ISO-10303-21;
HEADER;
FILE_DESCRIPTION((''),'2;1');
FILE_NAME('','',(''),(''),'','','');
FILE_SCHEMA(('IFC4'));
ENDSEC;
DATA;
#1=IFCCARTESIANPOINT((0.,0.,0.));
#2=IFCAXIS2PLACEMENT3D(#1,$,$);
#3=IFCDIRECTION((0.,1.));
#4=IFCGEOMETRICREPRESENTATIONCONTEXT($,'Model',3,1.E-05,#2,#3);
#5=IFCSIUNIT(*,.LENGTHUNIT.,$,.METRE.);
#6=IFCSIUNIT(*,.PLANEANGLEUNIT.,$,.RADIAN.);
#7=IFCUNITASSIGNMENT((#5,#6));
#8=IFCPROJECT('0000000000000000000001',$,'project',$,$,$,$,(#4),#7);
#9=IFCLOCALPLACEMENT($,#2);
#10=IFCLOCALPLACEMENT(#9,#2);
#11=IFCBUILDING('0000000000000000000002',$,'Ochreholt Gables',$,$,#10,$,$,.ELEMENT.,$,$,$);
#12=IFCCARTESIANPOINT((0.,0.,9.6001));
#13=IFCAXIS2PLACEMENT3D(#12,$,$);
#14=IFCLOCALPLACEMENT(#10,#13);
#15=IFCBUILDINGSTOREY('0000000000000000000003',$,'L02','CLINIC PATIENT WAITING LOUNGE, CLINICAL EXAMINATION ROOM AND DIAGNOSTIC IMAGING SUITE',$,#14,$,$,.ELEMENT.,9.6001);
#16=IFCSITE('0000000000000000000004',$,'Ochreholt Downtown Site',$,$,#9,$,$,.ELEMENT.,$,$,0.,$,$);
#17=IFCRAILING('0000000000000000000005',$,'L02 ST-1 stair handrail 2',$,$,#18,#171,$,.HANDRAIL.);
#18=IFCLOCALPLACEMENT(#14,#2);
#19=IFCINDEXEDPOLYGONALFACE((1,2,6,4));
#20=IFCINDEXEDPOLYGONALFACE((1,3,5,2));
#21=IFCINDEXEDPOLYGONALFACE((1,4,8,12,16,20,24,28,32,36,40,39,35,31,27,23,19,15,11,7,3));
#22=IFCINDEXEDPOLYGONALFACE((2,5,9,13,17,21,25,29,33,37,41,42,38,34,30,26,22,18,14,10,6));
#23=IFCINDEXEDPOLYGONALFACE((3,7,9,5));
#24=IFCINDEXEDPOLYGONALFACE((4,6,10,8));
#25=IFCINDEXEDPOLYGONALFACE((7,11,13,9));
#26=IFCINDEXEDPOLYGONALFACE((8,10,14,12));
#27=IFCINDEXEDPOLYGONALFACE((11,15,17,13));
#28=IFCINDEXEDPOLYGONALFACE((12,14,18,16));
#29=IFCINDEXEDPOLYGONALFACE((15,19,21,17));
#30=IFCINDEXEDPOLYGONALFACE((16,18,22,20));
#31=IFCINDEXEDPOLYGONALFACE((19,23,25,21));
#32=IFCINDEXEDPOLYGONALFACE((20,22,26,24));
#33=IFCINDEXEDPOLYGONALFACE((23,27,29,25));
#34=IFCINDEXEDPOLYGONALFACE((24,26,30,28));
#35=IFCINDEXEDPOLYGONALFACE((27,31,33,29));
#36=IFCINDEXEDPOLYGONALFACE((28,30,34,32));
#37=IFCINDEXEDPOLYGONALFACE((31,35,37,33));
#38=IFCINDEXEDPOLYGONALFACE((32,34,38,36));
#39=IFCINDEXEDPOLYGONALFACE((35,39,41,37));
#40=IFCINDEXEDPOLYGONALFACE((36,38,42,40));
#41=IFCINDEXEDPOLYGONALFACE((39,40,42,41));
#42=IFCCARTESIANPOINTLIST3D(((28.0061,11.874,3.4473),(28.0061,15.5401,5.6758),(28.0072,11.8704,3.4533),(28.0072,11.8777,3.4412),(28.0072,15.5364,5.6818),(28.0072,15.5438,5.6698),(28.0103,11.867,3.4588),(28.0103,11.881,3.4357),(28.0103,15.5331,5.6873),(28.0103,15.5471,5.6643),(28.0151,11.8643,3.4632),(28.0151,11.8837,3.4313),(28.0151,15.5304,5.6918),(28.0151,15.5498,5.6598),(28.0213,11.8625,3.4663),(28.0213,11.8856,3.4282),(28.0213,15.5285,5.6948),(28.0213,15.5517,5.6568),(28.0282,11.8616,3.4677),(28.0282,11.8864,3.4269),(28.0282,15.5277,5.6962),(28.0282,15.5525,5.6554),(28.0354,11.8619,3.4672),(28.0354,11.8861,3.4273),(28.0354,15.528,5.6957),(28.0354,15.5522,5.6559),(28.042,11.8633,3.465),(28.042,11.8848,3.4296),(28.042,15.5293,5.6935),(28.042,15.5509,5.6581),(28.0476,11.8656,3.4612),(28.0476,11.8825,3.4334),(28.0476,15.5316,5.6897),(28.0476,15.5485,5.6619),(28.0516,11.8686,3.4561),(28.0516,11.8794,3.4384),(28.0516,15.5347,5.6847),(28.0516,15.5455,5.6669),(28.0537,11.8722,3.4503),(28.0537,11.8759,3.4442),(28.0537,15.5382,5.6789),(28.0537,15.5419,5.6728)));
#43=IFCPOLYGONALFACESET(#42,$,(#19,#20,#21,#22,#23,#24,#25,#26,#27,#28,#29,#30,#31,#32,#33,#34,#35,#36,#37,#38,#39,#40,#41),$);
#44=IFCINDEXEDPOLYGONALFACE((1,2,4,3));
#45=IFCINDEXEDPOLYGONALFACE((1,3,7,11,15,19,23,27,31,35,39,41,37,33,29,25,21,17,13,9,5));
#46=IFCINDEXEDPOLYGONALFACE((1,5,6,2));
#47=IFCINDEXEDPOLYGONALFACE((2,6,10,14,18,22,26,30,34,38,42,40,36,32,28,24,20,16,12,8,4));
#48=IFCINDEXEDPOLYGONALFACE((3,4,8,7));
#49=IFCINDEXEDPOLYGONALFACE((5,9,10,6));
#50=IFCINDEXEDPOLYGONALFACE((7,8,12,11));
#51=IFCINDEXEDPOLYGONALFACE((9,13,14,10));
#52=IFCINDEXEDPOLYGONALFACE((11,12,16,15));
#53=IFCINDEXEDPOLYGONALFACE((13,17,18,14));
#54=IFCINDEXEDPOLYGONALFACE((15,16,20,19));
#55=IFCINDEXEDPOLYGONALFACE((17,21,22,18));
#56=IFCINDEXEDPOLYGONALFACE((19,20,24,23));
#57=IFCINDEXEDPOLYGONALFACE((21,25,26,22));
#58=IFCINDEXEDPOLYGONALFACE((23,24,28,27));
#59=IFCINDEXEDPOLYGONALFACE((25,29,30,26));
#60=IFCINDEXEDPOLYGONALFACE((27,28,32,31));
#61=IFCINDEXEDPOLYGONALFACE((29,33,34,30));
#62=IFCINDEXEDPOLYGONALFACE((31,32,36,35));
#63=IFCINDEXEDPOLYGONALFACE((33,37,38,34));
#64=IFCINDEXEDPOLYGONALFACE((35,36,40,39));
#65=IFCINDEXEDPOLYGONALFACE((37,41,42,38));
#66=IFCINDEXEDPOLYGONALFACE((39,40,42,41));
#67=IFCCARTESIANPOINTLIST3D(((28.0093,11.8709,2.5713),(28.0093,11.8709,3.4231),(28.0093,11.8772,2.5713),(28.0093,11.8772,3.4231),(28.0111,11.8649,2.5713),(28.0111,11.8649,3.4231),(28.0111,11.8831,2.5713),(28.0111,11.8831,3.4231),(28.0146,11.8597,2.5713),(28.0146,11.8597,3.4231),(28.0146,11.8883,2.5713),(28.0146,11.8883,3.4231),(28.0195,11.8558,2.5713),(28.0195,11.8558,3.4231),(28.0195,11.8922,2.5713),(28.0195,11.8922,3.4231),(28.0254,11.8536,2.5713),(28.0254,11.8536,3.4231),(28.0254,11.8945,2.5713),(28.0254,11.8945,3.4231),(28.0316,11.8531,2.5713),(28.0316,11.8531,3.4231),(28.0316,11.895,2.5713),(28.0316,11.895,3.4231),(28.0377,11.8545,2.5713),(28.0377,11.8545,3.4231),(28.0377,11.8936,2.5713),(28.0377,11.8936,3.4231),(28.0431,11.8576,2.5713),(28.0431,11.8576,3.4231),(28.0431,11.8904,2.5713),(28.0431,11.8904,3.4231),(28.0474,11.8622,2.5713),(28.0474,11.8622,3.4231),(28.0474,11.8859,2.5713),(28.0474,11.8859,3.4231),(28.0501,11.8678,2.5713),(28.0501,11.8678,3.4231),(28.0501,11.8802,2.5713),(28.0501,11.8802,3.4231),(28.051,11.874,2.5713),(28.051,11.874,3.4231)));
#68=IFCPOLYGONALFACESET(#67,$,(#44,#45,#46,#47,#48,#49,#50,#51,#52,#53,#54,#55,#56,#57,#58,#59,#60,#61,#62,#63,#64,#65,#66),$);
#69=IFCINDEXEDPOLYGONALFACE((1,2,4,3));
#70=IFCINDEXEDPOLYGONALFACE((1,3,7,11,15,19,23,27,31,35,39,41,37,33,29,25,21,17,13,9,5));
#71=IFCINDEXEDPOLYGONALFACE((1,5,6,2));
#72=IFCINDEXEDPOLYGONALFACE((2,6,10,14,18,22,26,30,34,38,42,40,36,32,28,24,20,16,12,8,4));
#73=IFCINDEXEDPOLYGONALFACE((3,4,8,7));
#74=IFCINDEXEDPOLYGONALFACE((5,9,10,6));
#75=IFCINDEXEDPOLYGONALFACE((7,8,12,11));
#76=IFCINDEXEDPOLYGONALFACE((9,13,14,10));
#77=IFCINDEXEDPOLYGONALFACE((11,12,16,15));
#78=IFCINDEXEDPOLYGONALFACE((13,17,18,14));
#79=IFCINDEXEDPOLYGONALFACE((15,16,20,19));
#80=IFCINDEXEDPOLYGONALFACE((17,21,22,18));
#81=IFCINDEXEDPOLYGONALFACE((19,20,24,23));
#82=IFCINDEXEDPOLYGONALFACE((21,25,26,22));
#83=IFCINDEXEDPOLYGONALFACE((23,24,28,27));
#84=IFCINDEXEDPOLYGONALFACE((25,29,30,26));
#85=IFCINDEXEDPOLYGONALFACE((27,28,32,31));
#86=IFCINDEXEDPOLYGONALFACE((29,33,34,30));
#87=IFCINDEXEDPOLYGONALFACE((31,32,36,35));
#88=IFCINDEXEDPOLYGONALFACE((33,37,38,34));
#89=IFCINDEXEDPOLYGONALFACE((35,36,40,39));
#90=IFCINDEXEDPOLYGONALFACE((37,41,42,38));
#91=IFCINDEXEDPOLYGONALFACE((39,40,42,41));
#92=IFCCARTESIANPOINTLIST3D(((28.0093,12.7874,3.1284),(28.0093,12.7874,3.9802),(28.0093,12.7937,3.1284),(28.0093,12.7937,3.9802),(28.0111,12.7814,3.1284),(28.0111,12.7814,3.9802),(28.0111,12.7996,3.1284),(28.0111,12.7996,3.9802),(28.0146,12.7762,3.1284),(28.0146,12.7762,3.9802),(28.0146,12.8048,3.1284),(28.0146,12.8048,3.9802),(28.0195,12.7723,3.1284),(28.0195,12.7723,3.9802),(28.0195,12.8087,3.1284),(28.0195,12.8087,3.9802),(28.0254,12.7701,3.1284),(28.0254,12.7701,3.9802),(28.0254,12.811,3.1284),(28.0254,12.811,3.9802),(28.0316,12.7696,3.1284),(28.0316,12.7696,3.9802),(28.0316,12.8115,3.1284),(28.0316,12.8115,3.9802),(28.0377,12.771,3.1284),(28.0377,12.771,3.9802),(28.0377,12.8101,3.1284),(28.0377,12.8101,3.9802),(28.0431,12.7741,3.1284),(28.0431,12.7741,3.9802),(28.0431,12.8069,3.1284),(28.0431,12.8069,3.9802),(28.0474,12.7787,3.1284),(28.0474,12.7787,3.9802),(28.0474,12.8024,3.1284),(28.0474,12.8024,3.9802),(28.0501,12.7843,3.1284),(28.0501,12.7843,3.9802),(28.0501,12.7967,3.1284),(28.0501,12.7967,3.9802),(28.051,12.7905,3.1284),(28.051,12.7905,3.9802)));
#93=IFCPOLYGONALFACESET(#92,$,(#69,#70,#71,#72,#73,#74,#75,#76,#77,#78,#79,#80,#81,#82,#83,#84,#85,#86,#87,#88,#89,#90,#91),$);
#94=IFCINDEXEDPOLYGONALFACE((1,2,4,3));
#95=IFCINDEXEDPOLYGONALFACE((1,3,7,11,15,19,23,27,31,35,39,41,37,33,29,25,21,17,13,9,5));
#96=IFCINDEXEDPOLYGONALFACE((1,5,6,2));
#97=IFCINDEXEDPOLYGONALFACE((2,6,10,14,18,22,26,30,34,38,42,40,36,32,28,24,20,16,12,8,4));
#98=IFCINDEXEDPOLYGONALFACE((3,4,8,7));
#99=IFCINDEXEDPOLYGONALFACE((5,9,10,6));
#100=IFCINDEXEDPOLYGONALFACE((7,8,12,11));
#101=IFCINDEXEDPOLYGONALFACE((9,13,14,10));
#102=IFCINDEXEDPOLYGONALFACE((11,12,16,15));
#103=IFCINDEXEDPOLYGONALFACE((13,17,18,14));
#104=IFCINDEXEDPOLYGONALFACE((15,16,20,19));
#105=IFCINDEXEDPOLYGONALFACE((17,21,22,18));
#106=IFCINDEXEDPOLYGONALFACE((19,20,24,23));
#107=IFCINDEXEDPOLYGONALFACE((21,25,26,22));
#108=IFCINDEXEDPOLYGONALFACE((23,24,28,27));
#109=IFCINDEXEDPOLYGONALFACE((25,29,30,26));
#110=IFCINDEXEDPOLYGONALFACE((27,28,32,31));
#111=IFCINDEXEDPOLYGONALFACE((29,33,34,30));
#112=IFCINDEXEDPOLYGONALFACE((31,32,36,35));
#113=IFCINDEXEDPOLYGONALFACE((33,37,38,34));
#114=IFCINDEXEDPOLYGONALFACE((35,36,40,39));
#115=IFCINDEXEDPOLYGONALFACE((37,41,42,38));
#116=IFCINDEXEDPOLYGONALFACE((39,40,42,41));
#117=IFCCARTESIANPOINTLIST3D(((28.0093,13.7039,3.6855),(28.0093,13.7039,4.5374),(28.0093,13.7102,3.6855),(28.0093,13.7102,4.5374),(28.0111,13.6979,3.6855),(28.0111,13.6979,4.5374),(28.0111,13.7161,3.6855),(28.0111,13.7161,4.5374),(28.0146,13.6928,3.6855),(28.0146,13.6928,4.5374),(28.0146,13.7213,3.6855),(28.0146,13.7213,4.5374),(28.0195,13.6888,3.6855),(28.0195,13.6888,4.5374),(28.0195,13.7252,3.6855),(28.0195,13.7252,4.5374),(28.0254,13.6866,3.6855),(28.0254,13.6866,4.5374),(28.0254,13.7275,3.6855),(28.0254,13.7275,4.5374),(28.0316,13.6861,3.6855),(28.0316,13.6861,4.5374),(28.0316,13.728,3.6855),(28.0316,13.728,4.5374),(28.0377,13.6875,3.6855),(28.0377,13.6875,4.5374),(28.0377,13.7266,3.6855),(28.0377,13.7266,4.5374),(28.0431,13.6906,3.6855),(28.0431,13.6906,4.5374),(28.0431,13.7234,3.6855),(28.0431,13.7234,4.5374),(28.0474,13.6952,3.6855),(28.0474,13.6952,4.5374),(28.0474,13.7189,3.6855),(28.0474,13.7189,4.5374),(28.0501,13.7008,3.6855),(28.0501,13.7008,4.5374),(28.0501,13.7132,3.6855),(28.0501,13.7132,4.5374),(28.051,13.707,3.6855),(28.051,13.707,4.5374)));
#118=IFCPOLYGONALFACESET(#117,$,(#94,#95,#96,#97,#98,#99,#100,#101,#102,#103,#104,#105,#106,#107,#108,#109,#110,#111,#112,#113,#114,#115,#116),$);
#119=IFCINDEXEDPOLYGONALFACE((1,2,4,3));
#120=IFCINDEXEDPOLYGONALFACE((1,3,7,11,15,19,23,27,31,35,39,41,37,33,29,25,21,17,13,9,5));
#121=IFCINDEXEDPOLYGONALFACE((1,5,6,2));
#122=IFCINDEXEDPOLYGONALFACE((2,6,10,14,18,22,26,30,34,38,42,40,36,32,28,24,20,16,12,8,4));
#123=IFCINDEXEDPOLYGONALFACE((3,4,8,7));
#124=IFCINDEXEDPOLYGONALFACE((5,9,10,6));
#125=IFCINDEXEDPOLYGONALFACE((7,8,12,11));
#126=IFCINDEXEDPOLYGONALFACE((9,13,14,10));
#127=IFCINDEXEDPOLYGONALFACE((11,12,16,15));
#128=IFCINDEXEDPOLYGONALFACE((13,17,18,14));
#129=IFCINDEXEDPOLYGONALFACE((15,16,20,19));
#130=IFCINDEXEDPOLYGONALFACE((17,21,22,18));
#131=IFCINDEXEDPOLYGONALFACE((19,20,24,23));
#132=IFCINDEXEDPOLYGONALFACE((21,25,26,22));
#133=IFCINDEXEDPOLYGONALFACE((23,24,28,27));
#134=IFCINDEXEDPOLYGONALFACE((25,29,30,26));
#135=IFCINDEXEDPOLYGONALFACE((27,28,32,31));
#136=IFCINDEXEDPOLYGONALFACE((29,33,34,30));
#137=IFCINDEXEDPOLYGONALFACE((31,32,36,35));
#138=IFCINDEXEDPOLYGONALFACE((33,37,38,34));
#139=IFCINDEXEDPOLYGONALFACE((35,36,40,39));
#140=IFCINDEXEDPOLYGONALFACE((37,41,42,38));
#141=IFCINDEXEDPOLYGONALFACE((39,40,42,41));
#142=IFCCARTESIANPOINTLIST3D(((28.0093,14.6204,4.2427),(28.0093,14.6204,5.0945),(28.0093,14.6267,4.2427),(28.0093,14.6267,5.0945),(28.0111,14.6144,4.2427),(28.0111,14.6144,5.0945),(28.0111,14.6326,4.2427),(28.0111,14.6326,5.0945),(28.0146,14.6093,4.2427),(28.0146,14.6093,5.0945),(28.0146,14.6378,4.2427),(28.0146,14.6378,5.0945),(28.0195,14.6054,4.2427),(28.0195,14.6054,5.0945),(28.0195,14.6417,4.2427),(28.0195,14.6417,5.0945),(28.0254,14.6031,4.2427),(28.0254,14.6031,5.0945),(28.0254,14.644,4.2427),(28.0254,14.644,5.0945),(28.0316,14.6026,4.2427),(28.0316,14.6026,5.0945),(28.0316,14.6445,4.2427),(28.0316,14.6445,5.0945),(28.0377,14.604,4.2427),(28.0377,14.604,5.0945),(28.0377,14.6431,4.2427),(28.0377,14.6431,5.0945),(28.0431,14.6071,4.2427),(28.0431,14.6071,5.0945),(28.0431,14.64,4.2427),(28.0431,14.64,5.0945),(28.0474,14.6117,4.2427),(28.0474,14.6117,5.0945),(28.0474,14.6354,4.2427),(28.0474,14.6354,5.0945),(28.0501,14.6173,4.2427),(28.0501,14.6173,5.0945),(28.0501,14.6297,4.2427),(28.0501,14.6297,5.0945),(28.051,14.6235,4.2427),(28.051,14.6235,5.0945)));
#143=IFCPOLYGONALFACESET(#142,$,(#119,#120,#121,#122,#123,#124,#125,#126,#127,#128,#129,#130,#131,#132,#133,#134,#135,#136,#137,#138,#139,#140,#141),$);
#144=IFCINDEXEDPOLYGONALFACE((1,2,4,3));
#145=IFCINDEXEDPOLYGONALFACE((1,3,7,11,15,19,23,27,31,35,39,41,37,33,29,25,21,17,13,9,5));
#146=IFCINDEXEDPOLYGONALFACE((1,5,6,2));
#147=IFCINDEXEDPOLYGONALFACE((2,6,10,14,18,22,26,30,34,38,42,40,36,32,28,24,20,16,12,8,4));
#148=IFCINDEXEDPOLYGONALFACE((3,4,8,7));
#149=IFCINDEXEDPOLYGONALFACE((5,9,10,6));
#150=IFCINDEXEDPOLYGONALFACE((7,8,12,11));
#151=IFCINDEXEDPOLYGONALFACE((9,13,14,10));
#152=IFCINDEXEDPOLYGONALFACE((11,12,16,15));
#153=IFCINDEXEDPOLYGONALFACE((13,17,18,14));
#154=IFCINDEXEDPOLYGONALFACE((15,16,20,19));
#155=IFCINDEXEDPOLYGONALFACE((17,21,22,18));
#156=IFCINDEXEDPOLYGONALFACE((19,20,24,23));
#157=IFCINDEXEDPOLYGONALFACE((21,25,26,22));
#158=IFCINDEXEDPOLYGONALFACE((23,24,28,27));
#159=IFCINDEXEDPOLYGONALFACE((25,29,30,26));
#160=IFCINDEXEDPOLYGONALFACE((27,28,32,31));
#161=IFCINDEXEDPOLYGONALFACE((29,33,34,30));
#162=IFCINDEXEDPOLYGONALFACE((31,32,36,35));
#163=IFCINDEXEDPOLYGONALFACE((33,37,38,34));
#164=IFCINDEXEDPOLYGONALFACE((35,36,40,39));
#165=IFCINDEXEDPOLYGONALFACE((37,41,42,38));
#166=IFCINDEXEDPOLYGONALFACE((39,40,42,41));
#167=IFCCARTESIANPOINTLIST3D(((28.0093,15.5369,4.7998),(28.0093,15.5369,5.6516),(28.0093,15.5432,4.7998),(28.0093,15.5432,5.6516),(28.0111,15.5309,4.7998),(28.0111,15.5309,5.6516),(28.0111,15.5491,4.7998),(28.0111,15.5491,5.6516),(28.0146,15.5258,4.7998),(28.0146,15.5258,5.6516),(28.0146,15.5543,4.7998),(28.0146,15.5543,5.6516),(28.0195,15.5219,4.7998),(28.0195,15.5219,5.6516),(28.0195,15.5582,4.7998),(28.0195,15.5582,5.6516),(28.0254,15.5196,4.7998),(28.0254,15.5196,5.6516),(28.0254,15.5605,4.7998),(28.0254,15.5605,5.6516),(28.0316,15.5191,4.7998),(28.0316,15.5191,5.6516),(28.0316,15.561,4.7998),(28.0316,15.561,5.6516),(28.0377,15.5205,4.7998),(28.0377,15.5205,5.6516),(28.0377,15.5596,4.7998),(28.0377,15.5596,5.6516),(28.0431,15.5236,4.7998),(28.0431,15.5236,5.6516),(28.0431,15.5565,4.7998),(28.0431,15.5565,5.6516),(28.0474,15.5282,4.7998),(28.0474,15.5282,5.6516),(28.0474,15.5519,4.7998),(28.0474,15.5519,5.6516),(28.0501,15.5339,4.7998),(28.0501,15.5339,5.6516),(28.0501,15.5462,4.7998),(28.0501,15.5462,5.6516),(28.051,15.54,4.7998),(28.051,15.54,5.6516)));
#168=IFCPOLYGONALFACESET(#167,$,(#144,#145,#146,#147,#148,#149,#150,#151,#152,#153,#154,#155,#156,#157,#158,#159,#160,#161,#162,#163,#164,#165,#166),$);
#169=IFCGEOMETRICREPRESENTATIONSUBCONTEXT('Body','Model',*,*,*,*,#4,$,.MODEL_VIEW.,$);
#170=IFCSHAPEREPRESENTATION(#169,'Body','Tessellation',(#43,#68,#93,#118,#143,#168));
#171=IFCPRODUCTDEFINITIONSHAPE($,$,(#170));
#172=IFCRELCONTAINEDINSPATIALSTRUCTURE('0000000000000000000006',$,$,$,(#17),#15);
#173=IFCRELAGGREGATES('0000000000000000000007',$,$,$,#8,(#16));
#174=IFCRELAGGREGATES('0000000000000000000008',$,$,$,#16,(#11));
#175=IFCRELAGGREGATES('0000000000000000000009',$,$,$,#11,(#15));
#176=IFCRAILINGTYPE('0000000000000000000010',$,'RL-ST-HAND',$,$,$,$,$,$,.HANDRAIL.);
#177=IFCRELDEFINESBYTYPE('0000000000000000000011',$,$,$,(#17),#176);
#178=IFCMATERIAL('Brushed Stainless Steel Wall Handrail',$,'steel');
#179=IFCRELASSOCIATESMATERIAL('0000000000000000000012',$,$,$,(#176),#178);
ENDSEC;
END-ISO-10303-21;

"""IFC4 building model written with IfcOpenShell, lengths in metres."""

from ifc_helpers import new_model, si_unit, direction, frame, origin, origin_2d, place, context, subcontext, project, spatial, circle, extrude, material, type_object, element, save


model = new_model("IFC4")

# Units and contexts
model_context = context("Model", 3, precision=1e-05, world=origin(), true_north=direction((0.0, 1.0)))
body_context = subcontext(model_context, "Body", "Model", "MODEL_VIEW")
ifc_project = project(units=[si_unit("LENGTHUNIT", "METRE"), si_unit("PLANEANGLEUNIT", "RADIAN")], contexts=[model_context])

# Site, building, storey
site_placement = place(None, origin())
site = spatial("IfcSite", under=ifc_project, at=site_placement, Name="Ochreholt Downtown Site", CompositionType="ELEMENT", RefElevation=0.0)
building_placement = place(site_placement, origin())
building = spatial("IfcBuilding", under=site, at=building_placement, Name="Ochreholt Gables", CompositionType="ELEMENT")
storey_placement = place(building_placement, frame((0.0, 0.0, 9.6001)))
storey = spatial("IfcBuildingStorey", under=building, at=storey_placement, Name="L02", Description="CLINIC PATIENT WAITING LOUNGE, CLINICAL EXAMINATION ROOM AND DIAGNOSTIC IMAGING SUITE", CompositionType="ELEMENT", Elevation=9.6001)

# Railing
ifc_material_1 = material(Name="Brushed Stainless Steel Wall Handrail", Category="steel")
railing_type_1 = type_object("IfcRailingType", Name="RL-ST-HAND", PredefinedType="HANDRAIL", material=ifc_material_1)
railing_1_placement = place(storey_placement, frame((28.03, 11.874, 2.5713)))
element("IfcRailing", 1, at=railing_1_placement, inside=storey, type_object=railing_type_1, Name="L02 ST-1 stair handrail 2", PredefinedType="HANDRAIL", context=body_context, shape_type="SweptSolid", body=[
    extrude(circle(Radius=0.0239, at=origin_2d()), frame((0.0, 0.0, 0.876), z_axis=(0.0, 0.854506, 0.519441), x_axis=(-1.0, 0.0, 0.0)), (0.0, 0.0, 1.0), 4.2903),
    extrude(circle(Radius=0.021, at=origin_2d()), origin(), (0.0, 0.0, 1.0), 0.8518),
    extrude(circle(Radius=0.021, at=origin_2d()), frame((0.0, 0.9165, 0.5571)), (0.0, 0.0, 1.0), 0.8518),
    extrude(circle(Radius=0.021, at=origin_2d()), frame((0.0, 1.833, 1.1143)), (0.0, 0.0, 1.0), 0.8518),
    extrude(circle(Radius=0.021, at=origin_2d()), frame((0.0, 2.7495, 1.6714)), (0.0, 0.0, 1.0), 0.8518),
    extrude(circle(Radius=0.021, at=origin_2d()), frame((0.0, 3.666, 2.2285)), (0.0, 0.0, 1.0), 0.8518),
])

save(model, "model.ifc")
